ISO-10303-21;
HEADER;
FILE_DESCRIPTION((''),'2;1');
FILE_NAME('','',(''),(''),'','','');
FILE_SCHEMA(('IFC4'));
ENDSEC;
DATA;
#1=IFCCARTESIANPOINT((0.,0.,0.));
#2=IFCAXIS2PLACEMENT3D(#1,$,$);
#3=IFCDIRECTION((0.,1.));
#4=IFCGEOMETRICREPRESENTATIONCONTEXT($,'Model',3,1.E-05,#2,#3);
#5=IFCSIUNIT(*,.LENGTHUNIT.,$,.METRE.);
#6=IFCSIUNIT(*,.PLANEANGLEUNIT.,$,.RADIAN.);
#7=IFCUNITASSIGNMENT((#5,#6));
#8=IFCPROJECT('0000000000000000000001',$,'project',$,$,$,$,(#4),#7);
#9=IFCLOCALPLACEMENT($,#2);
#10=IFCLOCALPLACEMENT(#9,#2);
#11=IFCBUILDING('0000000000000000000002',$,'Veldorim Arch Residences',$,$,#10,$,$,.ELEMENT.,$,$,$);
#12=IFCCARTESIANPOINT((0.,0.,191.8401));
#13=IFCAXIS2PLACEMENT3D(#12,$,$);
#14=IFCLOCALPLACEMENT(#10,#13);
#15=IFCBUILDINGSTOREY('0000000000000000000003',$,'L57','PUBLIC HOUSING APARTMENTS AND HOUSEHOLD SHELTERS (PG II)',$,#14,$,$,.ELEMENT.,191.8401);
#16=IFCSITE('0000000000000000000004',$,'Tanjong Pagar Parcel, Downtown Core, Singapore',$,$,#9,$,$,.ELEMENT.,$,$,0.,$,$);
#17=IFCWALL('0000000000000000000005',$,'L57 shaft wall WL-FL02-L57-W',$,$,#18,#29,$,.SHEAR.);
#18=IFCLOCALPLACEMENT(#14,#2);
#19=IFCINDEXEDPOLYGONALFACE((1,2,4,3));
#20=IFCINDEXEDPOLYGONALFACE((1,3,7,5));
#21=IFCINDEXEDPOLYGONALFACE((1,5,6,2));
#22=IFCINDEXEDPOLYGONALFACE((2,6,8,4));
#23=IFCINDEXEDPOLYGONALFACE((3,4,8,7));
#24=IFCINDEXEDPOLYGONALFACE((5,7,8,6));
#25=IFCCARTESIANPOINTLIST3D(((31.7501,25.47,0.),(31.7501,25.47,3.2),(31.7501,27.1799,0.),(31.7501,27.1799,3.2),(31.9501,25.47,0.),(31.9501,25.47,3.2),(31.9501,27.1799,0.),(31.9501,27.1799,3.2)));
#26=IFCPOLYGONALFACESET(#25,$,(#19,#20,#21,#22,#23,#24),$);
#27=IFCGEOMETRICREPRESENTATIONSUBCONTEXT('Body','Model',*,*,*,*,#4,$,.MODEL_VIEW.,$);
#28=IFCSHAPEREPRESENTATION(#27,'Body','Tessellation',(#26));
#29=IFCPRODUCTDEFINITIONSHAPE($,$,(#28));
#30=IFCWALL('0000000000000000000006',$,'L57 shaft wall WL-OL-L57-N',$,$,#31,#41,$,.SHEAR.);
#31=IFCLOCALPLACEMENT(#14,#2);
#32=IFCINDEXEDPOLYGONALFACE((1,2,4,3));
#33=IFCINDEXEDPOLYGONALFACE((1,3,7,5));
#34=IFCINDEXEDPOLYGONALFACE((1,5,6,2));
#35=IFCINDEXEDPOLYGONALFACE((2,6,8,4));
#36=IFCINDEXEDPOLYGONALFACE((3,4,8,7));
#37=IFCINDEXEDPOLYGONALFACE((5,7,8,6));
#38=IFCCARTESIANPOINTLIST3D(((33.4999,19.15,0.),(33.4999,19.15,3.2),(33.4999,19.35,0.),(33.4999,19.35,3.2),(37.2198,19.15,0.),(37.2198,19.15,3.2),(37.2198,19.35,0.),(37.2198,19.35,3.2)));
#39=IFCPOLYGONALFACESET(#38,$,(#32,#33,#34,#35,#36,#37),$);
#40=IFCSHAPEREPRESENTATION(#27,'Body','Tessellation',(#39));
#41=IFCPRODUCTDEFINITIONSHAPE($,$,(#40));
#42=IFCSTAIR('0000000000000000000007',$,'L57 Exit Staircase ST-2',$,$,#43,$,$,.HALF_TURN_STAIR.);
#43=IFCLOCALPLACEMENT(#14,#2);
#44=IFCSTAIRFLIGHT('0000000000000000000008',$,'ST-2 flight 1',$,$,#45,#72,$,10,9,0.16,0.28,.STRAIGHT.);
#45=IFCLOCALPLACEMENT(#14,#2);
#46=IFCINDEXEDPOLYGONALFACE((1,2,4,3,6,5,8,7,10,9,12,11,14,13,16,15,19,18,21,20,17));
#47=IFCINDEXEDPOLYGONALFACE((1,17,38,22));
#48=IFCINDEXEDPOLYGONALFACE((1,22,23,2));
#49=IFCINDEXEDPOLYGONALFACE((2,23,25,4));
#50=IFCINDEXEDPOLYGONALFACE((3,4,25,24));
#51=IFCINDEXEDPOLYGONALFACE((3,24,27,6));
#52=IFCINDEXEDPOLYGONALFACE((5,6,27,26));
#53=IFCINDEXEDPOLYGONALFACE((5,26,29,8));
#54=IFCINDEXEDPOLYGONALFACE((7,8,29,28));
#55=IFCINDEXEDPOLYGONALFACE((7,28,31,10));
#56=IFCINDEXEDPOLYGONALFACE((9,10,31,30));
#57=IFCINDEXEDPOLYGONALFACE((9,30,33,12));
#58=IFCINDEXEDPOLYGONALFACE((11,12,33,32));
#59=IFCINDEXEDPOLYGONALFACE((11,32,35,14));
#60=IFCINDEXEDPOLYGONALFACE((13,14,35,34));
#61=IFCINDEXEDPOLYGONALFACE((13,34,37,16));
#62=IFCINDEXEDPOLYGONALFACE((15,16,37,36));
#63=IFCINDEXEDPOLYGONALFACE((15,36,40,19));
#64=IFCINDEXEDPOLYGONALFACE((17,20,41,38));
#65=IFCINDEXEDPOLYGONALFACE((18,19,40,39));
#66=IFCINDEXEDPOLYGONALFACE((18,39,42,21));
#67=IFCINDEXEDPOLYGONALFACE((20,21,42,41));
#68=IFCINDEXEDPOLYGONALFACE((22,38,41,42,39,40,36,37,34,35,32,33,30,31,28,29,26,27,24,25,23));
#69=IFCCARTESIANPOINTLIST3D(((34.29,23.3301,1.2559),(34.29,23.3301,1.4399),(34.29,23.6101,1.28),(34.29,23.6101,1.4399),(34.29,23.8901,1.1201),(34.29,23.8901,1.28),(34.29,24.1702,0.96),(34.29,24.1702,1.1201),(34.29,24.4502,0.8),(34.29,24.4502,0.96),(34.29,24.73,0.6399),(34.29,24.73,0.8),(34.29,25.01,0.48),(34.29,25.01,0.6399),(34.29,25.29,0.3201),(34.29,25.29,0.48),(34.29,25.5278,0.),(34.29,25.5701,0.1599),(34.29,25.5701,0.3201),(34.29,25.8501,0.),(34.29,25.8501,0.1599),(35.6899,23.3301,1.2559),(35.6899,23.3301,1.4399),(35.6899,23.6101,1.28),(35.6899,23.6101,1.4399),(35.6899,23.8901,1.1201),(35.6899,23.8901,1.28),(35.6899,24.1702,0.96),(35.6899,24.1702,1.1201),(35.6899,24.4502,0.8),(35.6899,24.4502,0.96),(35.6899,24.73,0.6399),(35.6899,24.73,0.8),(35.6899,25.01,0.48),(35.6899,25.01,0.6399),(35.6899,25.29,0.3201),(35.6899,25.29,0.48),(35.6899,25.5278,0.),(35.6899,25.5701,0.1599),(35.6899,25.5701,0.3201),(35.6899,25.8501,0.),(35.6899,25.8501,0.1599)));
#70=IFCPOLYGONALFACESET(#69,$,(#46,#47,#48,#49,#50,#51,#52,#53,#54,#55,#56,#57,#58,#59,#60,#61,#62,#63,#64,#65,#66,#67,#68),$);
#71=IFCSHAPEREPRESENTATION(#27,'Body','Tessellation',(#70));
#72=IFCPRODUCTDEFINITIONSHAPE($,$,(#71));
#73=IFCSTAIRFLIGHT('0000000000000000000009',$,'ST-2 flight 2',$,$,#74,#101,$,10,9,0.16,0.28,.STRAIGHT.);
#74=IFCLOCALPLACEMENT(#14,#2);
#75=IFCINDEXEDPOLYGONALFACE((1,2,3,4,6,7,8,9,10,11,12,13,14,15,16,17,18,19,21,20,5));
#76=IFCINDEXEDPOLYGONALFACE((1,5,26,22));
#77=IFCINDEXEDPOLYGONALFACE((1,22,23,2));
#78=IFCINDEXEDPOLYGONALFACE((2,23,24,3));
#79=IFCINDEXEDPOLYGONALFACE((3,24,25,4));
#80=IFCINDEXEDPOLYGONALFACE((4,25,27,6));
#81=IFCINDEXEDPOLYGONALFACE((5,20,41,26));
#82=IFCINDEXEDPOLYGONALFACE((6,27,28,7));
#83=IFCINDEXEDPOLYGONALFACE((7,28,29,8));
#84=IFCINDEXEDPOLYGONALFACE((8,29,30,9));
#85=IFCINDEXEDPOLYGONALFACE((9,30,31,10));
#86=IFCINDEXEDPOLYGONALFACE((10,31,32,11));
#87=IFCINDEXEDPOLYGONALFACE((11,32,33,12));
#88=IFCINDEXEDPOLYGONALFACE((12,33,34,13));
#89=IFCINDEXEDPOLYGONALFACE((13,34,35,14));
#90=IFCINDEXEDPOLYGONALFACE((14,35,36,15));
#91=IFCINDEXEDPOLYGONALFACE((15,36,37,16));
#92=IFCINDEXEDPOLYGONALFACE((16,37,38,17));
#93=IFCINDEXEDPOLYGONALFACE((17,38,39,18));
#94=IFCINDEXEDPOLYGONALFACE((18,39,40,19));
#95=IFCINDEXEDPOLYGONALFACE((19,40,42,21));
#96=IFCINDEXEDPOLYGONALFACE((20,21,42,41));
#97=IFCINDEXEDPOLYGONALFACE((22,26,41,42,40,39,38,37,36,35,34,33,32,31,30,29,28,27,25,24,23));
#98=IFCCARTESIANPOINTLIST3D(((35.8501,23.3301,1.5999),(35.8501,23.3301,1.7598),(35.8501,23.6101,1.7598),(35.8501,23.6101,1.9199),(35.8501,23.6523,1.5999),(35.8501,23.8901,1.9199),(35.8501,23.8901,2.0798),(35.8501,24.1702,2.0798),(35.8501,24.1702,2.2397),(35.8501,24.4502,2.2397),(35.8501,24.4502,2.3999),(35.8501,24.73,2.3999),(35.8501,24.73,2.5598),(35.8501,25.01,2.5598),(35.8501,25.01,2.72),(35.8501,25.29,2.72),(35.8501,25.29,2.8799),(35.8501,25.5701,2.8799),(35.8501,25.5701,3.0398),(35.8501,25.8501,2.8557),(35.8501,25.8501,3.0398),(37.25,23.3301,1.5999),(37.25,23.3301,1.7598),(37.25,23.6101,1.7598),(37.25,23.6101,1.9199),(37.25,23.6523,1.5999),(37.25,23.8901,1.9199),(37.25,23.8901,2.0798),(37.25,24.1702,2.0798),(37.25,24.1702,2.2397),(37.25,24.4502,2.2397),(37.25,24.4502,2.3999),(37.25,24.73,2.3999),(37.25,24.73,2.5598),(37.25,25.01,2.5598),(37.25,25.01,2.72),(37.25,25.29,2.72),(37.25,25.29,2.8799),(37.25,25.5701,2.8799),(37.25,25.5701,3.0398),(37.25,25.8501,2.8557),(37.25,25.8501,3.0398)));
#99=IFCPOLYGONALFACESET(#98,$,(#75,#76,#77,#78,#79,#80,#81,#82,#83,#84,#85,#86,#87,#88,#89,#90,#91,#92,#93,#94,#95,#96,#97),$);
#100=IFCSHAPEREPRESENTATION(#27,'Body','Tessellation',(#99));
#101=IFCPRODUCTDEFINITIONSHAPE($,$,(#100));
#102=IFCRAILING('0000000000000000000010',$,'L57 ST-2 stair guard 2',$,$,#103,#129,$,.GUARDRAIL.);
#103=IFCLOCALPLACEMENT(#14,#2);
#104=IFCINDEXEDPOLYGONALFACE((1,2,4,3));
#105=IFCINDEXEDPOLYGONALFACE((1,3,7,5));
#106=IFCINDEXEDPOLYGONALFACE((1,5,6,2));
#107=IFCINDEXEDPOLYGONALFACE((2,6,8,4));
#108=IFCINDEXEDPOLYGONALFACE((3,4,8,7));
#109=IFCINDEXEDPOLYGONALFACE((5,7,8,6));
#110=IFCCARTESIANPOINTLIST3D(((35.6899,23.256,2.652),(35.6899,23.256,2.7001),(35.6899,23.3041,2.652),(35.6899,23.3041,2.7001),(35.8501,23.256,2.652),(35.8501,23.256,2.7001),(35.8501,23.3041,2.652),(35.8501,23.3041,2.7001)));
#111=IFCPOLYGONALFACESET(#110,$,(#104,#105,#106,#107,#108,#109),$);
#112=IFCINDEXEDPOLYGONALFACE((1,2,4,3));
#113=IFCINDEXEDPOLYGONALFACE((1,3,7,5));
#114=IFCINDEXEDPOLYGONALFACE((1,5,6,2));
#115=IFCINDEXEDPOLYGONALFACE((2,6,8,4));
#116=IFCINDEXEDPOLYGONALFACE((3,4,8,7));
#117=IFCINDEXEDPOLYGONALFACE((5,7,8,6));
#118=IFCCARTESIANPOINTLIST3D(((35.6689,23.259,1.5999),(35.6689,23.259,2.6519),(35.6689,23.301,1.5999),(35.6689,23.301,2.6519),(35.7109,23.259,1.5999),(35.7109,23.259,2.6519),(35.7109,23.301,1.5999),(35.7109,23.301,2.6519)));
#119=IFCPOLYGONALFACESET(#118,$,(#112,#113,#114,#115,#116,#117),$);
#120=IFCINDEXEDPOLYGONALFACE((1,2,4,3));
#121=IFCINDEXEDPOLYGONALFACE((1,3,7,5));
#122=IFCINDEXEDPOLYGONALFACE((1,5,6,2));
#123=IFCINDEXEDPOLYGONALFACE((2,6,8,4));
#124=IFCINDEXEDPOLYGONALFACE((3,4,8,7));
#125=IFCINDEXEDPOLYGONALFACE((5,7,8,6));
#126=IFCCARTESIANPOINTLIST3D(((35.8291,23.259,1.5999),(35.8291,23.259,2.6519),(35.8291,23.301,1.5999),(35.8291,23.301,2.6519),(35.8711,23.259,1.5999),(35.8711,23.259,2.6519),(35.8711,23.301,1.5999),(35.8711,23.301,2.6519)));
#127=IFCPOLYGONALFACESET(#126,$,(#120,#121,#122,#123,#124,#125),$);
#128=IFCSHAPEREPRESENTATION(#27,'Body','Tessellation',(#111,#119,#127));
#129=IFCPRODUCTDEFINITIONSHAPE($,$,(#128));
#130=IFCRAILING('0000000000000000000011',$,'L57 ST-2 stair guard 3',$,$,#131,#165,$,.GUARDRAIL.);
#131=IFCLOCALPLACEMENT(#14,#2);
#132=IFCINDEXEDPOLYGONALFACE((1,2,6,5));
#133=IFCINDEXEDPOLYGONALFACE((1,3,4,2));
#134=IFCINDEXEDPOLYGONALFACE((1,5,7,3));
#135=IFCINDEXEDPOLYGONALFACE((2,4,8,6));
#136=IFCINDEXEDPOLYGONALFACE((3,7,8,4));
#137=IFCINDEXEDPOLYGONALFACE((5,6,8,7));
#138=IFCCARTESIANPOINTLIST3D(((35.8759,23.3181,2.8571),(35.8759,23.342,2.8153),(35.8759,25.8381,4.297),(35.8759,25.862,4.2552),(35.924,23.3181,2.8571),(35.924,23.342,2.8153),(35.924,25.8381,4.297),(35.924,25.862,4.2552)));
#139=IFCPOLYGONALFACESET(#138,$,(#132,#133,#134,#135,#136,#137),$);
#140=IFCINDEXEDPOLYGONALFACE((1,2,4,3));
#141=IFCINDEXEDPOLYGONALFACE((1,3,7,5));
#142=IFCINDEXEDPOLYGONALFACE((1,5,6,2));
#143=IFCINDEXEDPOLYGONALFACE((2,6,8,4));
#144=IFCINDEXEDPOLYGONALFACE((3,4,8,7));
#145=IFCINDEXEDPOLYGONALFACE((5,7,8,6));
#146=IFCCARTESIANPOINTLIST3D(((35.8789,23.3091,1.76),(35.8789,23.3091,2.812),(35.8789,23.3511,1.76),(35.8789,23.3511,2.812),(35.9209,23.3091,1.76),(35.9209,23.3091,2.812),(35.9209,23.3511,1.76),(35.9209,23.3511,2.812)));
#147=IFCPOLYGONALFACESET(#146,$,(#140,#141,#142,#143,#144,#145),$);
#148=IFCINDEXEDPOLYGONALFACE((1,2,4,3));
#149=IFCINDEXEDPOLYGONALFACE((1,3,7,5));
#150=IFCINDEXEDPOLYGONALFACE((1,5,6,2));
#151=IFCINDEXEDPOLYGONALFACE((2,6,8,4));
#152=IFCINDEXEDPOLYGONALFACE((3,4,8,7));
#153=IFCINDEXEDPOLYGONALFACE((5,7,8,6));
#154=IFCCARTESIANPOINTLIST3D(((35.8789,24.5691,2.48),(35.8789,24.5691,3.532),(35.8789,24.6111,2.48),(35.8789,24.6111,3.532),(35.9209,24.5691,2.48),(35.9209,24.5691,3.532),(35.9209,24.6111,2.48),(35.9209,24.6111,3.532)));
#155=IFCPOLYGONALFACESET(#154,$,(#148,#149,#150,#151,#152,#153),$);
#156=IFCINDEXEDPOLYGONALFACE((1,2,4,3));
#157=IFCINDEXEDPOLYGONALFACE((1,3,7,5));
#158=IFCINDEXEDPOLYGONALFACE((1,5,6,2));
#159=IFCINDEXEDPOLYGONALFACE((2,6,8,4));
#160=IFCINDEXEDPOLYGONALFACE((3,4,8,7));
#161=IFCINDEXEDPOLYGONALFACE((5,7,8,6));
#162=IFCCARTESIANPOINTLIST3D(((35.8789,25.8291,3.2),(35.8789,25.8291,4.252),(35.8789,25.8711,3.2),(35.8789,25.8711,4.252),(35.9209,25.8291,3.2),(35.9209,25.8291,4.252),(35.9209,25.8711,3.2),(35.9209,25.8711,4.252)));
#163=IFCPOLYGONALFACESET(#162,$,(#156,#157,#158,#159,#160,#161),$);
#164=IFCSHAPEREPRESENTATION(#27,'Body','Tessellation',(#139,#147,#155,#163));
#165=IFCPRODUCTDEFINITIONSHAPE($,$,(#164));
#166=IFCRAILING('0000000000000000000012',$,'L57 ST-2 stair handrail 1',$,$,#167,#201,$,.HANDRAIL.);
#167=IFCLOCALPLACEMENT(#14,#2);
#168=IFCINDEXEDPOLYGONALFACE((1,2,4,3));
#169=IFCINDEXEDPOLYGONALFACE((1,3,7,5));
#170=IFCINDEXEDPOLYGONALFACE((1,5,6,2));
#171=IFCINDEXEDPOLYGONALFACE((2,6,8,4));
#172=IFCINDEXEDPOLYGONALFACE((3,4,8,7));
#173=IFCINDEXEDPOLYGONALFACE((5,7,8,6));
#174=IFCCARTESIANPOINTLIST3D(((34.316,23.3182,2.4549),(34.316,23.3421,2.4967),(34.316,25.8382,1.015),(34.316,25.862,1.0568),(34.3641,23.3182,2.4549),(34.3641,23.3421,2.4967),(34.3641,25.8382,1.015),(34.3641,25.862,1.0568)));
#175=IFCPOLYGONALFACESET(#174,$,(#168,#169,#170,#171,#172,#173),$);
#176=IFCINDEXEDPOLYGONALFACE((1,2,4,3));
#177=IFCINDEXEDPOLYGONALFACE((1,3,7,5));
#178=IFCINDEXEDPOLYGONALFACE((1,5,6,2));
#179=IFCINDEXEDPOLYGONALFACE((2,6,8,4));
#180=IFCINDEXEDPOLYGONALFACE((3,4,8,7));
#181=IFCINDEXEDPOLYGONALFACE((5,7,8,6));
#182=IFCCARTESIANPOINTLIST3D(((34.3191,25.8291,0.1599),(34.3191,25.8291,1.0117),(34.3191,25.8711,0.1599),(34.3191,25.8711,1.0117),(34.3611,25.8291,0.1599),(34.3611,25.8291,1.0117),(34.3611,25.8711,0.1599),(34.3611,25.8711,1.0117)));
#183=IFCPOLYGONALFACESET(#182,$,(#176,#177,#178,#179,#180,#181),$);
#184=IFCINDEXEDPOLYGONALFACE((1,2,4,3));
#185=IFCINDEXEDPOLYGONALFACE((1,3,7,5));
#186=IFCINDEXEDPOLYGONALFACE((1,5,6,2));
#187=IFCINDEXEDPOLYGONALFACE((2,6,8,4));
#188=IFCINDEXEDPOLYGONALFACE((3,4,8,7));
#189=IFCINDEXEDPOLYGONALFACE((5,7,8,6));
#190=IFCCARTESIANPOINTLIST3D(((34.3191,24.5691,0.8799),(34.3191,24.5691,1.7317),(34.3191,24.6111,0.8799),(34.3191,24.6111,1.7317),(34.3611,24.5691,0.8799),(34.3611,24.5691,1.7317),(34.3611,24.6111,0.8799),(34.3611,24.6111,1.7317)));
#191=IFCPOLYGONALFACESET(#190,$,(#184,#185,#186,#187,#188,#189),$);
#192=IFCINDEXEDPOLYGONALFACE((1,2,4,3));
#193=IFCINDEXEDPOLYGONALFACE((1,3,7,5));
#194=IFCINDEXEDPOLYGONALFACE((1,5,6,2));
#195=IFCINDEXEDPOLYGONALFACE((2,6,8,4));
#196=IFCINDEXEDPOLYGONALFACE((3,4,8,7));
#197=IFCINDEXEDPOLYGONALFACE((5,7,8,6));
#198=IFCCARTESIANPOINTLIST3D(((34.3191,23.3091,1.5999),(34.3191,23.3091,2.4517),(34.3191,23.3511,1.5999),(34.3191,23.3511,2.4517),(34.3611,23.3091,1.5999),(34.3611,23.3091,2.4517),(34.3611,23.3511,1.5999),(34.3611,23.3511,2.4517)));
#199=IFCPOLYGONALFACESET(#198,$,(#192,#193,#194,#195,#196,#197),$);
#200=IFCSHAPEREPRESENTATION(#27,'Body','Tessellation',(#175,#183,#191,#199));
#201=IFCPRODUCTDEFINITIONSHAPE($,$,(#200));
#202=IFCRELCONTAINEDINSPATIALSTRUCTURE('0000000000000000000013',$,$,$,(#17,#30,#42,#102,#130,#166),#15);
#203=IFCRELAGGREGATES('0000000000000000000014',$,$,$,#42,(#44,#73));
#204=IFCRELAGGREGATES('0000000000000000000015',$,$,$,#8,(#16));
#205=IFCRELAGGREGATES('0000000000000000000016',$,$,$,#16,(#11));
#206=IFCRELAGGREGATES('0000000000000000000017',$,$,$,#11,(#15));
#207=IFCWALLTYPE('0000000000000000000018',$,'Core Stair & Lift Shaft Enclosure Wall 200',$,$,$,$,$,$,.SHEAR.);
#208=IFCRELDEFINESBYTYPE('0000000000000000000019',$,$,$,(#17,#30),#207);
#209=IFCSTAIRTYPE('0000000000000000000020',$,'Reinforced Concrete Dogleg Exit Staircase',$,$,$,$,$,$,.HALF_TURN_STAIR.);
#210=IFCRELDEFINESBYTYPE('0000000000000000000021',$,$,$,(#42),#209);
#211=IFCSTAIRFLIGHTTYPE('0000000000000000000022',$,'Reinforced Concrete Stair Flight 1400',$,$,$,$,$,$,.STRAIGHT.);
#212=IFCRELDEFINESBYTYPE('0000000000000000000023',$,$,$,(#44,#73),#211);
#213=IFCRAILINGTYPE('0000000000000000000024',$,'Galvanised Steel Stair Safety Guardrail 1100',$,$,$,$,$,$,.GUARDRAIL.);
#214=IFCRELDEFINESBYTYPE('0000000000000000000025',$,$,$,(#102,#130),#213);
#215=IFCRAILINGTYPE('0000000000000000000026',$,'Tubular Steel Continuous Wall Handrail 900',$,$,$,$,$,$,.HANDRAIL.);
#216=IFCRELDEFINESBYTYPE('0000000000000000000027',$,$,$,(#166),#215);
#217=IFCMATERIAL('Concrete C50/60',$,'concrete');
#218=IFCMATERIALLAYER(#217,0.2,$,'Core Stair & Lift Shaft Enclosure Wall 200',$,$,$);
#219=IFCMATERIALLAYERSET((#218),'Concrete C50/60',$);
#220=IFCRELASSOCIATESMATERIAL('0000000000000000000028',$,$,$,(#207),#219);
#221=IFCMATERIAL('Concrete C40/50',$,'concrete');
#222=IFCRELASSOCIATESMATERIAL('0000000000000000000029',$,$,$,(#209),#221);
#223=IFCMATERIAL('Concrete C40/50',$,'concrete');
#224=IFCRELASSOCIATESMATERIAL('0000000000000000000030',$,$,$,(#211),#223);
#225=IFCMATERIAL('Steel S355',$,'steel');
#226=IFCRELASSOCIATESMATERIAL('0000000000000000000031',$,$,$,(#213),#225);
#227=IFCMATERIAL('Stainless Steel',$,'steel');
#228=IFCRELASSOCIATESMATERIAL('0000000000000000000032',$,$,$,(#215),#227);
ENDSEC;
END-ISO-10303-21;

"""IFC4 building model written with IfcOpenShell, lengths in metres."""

from ifc_helpers import new_model, si_unit, direction, frame, frame_2d, origin, origin_2d, place, context, subcontext, project, spatial, polyline, rectangle, outline, extrude, material, layer, layer_set, type_object, element, aggregate, save


model = new_model("IFC4")

# Units and contexts
model_context = context("Model", 3, precision=1e-05, world=origin(), true_north=direction((0.0, 1.0)))
body_context = subcontext(model_context, "Body", "Model", "MODEL_VIEW")
ifc_project = project(units=[si_unit("LENGTHUNIT", "METRE"), si_unit("PLANEANGLEUNIT", "RADIAN")], contexts=[model_context])

# Site, building, storey
site_placement = place(None, origin())
site = spatial("IfcSite", under=ifc_project, at=site_placement, Name="Tanjong Pagar Parcel, Downtown Core, Singapore", CompositionType="ELEMENT", RefElevation=0.0)
building_placement = place(site_placement, origin())
building = spatial("IfcBuilding", under=site, at=building_placement, Name="Veldorim Arch Residences", CompositionType="ELEMENT")
storey_placement = place(building_placement, frame((0.0, 0.0, 191.8401)))
storey = spatial("IfcBuildingStorey", under=building, at=storey_placement, Name="L57", Description="PUBLIC HOUSING APARTMENTS AND HOUSEHOLD SHELTERS (PG II)", CompositionType="ELEMENT", Elevation=191.8401)

# Walls
ifc_material_1 = material(Name="Concrete C50/60", Category="concrete")
ifc_layer_1 = layer(ifc_material_1, 0.2, Name="Core Stair & Lift Shaft Enclosure Wall 200")
ifc_layer_set_1 = layer_set([ifc_layer_1], Name="Concrete C50/60")
wall_type_1 = type_object("IfcWallType", Name="Core Stair & Lift Shaft Enclosure Wall 200", PredefinedType="SHEAR", material=ifc_layer_set_1)
wall_1_placement = place(storey_placement, frame((31.8501, 25.47, 0.0), z_axis=(0.0, 0.0, 1.0), x_axis=(0.0, 1.0, 0.0)))
element("IfcWall", 1, at=wall_1_placement, inside=storey, type_object=wall_type_1, Name="L57 shaft wall WL-FL02-L57-W", PredefinedType="SHEAR", context=body_context, shape_type="SweptSolid", body=[
    extrude(rectangle(XDim=1.71, YDim=0.2, at=frame_2d((0.855, 0.0))), origin(), (0.0, 0.0, 1.0), 3.2),
])
wall_2_placement = place(storey_placement, frame((33.5, 19.25, 0.0), z_axis=(0.0, 0.0, 1.0), x_axis=(1.0, 0.0, 0.0)))
element("IfcWall", 2, at=wall_2_placement, inside=storey, type_object=wall_type_1, Name="L57 shaft wall WL-OL-L57-N", PredefinedType="SHEAR", context=body_context, shape_type="SweptSolid", body=[
    extrude(rectangle(XDim=3.72, YDim=0.2, at=frame_2d((1.8599, 0.0))), origin(), (0.0, 0.0, 1.0), 3.2),
])

# Stair, stair flights
ifc_material_2 = material(Name="Concrete C40/50", Category="concrete")
stair_type = type_object("IfcStairType", Name="Reinforced Concrete Dogleg Exit Staircase", PredefinedType="HALF_TURN_STAIR", material=ifc_material_2)
stair_placement = place(storey_placement, origin())
stair = element("IfcStair", 3, at=stair_placement, inside=storey, type_object=stair_type, Name="L57 Exit Staircase ST-2", PredefinedType="HALF_TURN_STAIR")
ifc_material_3 = material(Name="Concrete C40/50", Category="concrete")
stair_flight_type = type_object("IfcStairFlightType", Name="Reinforced Concrete Stair Flight 1400", PredefinedType="STRAIGHT", material=ifc_material_3)
stair_flight_1_placement = place(storey_placement, frame((34.99, 25.8501, 0.0), z_axis=(0.0, 0.0, 1.0), x_axis=(0.0, -1.0, 0.0)))
stair_flight_1 = element("IfcStairFlight", 4, at=stair_flight_1_placement, type_object=stair_flight_type, Name="ST-2 flight 1", NumberOfRisers=10, NumberOfTreads=9, PredefinedType="STRAIGHT", RiserHeight=0.16, TreadLength=0.28, context=body_context, shape_type="SweptSolid", body=[
    extrude(outline(polyline([(0.0, 0.0), (0.0, 0.1599), (0.28, 0.1599), (0.28, 0.3201), (0.5601, 0.3201), (0.5601, 0.48), (0.8401, 0.48), (0.8401, 0.6399), (1.1201, 0.6399), (1.1201, 0.8), (1.3999, 0.8), (1.3999, 0.96), (1.6799, 0.96), (1.6799, 1.1201), (1.96, 1.1201), (1.96, 1.28), (2.24, 1.28), (2.24, 1.4399), (2.52, 1.4399), (2.52, 1.6001), (2.52, 1.2559), (0.3223, 0.0), (0.0, 0.0)])), frame((0.0, 0.7, 0.0), z_axis=(0.0, -1.0, 0.0), x_axis=(1.0, 0.0, 0.0)), (0.0, 0.0, 1.0), 1.3999),
])
stair_flight_2_placement = place(storey_placement, frame((36.55, 23.3301, 1.5999), z_axis=(0.0, 0.0, 1.0), x_axis=(0.0, 1.0, 0.0)))
stair_flight_2 = element("IfcStairFlight", 5, at=stair_flight_2_placement, type_object=stair_flight_type, Name="ST-2 flight 2", NumberOfRisers=10, NumberOfTreads=9, PredefinedType="STRAIGHT", RiserHeight=0.16, TreadLength=0.28, context=body_context, shape_type="SweptSolid", body=[
    extrude(outline(polyline([(0.0, 0.0), (0.0, 0.1599), (0.28, 0.1599), (0.28, 0.3201), (0.5601, 0.3201), (0.5601, 0.48), (0.8401, 0.48), (0.8401, 0.6399), (1.1201, 0.6399), (1.1201, 0.8), (1.3999, 0.8), (1.3999, 0.96), (1.6799, 0.96), (1.6799, 1.1201), (1.96, 1.1201), (1.96, 1.28), (2.24, 1.28), (2.24, 1.4399), (2.52, 1.4399), (2.52, 1.6001), (2.52, 1.2559), (0.3223, 0.0), (0.0, 0.0)])), frame((0.0, 0.7, 0.0), z_axis=(0.0, -1.0, 0.0), x_axis=(1.0, 0.0, 0.0)), (0.0, 0.0, 1.0), 1.3999),
])
aggregate(stair, [stair_flight_1, stair_flight_2])

# Railings
ifc_material_4 = material(Name="Steel S355", Category="steel")
railing_type_1 = type_object("IfcRailingType", Name="Galvanised Steel Stair Safety Guardrail 1100", PredefinedType="GUARDRAIL", material=ifc_material_4)
railing_1_placement = place(storey_placement, frame((35.6899, 23.28, 1.5999)))
element("IfcRailing", 6, at=railing_1_placement, inside=storey, type_object=railing_type_1, Name="L57 ST-2 stair guard 2", PredefinedType="GUARDRAIL", context=body_context, shape_type="SweptSolid", body=[
    extrude(rectangle(XDim=0.0481, YDim=0.0481, at=origin_2d()), frame((0.0, 0.0, 1.0762), z_axis=(1.0, 0.0, 0.0), x_axis=(0.0, 1.0, 0.0)), (0.0, 0.0, 1.0), 0.1602),
    extrude(rectangle(XDim=0.042, YDim=0.042, at=origin_2d()), origin(), (0.0, 0.0, 1.0), 1.052),
    extrude(rectangle(XDim=0.042, YDim=0.042, at=origin_2d()), frame((0.1602, 0.0, 0.0)), (0.0, 0.0, 1.0), 1.052),
])
railing_2_placement = place(storey_placement, frame((35.8999, 23.3301, 1.76)))
element("IfcRailing", 7, at=railing_2_placement, inside=storey, type_object=railing_type_1, Name="L57 ST-2 stair guard 3", PredefinedType="GUARDRAIL", context=body_context, shape_type="SweptSolid", body=[
    extrude(rectangle(XDim=0.0481, YDim=0.0481, at=origin_2d()), frame((0.0, 0.0, 1.0762), z_axis=(0.0, 0.868253, 0.496121), x_axis=(-1.0, 0.0, 0.0)), (0.0, 0.0, 1.0), 2.9023),
    extrude(rectangle(XDim=0.042, YDim=0.042, at=origin_2d()), origin(), (0.0, 0.0, 1.0), 1.052),
    extrude(rectangle(XDim=0.042, YDim=0.042, at=origin_2d()), frame((0.0, 1.26, 0.72)), (0.0, 0.0, 1.0), 1.052),
    extrude(rectangle(XDim=0.042, YDim=0.042, at=origin_2d()), frame((0.0, 2.52, 1.4399)), (0.0, 0.0, 1.0), 1.052),
])
ifc_material_5 = material(Name="Stainless Steel", Category="steel")
railing_type_2 = type_object("IfcRailingType", Name="Tubular Steel Continuous Wall Handrail 900", PredefinedType="HANDRAIL", material=ifc_material_5)
railing_3_placement = place(storey_placement, frame((34.3401, 25.8501, 0.1599)))
element("IfcRailing", 8, at=railing_3_placement, inside=storey, type_object=railing_type_2, Name="L57 ST-2 stair handrail 1", PredefinedType="HANDRAIL", context=body_context, shape_type="SweptSolid", body=[
    extrude(rectangle(XDim=0.0481, YDim=0.0481, at=origin_2d()), frame((0.0, 0.0, 0.876), z_axis=(0.0, -0.868253, 0.496121), x_axis=(1.0, 0.0, 0.0)), (0.0, 0.0, 1.0), 2.9023),
    extrude(rectangle(XDim=0.042, YDim=0.042, at=origin_2d()), origin(), (0.0, 0.0, 1.0), 0.8518),
    extrude(rectangle(XDim=0.042, YDim=0.042, at=origin_2d()), frame((0.0, -1.26, 0.72)), (0.0, 0.0, 1.0), 0.8518),
    extrude(rectangle(XDim=0.042, YDim=0.042, at=origin_2d()), frame((0.0, -2.52, 1.4399)), (0.0, 0.0, 1.0), 0.8518),
])

save(model, "model.ifc")
